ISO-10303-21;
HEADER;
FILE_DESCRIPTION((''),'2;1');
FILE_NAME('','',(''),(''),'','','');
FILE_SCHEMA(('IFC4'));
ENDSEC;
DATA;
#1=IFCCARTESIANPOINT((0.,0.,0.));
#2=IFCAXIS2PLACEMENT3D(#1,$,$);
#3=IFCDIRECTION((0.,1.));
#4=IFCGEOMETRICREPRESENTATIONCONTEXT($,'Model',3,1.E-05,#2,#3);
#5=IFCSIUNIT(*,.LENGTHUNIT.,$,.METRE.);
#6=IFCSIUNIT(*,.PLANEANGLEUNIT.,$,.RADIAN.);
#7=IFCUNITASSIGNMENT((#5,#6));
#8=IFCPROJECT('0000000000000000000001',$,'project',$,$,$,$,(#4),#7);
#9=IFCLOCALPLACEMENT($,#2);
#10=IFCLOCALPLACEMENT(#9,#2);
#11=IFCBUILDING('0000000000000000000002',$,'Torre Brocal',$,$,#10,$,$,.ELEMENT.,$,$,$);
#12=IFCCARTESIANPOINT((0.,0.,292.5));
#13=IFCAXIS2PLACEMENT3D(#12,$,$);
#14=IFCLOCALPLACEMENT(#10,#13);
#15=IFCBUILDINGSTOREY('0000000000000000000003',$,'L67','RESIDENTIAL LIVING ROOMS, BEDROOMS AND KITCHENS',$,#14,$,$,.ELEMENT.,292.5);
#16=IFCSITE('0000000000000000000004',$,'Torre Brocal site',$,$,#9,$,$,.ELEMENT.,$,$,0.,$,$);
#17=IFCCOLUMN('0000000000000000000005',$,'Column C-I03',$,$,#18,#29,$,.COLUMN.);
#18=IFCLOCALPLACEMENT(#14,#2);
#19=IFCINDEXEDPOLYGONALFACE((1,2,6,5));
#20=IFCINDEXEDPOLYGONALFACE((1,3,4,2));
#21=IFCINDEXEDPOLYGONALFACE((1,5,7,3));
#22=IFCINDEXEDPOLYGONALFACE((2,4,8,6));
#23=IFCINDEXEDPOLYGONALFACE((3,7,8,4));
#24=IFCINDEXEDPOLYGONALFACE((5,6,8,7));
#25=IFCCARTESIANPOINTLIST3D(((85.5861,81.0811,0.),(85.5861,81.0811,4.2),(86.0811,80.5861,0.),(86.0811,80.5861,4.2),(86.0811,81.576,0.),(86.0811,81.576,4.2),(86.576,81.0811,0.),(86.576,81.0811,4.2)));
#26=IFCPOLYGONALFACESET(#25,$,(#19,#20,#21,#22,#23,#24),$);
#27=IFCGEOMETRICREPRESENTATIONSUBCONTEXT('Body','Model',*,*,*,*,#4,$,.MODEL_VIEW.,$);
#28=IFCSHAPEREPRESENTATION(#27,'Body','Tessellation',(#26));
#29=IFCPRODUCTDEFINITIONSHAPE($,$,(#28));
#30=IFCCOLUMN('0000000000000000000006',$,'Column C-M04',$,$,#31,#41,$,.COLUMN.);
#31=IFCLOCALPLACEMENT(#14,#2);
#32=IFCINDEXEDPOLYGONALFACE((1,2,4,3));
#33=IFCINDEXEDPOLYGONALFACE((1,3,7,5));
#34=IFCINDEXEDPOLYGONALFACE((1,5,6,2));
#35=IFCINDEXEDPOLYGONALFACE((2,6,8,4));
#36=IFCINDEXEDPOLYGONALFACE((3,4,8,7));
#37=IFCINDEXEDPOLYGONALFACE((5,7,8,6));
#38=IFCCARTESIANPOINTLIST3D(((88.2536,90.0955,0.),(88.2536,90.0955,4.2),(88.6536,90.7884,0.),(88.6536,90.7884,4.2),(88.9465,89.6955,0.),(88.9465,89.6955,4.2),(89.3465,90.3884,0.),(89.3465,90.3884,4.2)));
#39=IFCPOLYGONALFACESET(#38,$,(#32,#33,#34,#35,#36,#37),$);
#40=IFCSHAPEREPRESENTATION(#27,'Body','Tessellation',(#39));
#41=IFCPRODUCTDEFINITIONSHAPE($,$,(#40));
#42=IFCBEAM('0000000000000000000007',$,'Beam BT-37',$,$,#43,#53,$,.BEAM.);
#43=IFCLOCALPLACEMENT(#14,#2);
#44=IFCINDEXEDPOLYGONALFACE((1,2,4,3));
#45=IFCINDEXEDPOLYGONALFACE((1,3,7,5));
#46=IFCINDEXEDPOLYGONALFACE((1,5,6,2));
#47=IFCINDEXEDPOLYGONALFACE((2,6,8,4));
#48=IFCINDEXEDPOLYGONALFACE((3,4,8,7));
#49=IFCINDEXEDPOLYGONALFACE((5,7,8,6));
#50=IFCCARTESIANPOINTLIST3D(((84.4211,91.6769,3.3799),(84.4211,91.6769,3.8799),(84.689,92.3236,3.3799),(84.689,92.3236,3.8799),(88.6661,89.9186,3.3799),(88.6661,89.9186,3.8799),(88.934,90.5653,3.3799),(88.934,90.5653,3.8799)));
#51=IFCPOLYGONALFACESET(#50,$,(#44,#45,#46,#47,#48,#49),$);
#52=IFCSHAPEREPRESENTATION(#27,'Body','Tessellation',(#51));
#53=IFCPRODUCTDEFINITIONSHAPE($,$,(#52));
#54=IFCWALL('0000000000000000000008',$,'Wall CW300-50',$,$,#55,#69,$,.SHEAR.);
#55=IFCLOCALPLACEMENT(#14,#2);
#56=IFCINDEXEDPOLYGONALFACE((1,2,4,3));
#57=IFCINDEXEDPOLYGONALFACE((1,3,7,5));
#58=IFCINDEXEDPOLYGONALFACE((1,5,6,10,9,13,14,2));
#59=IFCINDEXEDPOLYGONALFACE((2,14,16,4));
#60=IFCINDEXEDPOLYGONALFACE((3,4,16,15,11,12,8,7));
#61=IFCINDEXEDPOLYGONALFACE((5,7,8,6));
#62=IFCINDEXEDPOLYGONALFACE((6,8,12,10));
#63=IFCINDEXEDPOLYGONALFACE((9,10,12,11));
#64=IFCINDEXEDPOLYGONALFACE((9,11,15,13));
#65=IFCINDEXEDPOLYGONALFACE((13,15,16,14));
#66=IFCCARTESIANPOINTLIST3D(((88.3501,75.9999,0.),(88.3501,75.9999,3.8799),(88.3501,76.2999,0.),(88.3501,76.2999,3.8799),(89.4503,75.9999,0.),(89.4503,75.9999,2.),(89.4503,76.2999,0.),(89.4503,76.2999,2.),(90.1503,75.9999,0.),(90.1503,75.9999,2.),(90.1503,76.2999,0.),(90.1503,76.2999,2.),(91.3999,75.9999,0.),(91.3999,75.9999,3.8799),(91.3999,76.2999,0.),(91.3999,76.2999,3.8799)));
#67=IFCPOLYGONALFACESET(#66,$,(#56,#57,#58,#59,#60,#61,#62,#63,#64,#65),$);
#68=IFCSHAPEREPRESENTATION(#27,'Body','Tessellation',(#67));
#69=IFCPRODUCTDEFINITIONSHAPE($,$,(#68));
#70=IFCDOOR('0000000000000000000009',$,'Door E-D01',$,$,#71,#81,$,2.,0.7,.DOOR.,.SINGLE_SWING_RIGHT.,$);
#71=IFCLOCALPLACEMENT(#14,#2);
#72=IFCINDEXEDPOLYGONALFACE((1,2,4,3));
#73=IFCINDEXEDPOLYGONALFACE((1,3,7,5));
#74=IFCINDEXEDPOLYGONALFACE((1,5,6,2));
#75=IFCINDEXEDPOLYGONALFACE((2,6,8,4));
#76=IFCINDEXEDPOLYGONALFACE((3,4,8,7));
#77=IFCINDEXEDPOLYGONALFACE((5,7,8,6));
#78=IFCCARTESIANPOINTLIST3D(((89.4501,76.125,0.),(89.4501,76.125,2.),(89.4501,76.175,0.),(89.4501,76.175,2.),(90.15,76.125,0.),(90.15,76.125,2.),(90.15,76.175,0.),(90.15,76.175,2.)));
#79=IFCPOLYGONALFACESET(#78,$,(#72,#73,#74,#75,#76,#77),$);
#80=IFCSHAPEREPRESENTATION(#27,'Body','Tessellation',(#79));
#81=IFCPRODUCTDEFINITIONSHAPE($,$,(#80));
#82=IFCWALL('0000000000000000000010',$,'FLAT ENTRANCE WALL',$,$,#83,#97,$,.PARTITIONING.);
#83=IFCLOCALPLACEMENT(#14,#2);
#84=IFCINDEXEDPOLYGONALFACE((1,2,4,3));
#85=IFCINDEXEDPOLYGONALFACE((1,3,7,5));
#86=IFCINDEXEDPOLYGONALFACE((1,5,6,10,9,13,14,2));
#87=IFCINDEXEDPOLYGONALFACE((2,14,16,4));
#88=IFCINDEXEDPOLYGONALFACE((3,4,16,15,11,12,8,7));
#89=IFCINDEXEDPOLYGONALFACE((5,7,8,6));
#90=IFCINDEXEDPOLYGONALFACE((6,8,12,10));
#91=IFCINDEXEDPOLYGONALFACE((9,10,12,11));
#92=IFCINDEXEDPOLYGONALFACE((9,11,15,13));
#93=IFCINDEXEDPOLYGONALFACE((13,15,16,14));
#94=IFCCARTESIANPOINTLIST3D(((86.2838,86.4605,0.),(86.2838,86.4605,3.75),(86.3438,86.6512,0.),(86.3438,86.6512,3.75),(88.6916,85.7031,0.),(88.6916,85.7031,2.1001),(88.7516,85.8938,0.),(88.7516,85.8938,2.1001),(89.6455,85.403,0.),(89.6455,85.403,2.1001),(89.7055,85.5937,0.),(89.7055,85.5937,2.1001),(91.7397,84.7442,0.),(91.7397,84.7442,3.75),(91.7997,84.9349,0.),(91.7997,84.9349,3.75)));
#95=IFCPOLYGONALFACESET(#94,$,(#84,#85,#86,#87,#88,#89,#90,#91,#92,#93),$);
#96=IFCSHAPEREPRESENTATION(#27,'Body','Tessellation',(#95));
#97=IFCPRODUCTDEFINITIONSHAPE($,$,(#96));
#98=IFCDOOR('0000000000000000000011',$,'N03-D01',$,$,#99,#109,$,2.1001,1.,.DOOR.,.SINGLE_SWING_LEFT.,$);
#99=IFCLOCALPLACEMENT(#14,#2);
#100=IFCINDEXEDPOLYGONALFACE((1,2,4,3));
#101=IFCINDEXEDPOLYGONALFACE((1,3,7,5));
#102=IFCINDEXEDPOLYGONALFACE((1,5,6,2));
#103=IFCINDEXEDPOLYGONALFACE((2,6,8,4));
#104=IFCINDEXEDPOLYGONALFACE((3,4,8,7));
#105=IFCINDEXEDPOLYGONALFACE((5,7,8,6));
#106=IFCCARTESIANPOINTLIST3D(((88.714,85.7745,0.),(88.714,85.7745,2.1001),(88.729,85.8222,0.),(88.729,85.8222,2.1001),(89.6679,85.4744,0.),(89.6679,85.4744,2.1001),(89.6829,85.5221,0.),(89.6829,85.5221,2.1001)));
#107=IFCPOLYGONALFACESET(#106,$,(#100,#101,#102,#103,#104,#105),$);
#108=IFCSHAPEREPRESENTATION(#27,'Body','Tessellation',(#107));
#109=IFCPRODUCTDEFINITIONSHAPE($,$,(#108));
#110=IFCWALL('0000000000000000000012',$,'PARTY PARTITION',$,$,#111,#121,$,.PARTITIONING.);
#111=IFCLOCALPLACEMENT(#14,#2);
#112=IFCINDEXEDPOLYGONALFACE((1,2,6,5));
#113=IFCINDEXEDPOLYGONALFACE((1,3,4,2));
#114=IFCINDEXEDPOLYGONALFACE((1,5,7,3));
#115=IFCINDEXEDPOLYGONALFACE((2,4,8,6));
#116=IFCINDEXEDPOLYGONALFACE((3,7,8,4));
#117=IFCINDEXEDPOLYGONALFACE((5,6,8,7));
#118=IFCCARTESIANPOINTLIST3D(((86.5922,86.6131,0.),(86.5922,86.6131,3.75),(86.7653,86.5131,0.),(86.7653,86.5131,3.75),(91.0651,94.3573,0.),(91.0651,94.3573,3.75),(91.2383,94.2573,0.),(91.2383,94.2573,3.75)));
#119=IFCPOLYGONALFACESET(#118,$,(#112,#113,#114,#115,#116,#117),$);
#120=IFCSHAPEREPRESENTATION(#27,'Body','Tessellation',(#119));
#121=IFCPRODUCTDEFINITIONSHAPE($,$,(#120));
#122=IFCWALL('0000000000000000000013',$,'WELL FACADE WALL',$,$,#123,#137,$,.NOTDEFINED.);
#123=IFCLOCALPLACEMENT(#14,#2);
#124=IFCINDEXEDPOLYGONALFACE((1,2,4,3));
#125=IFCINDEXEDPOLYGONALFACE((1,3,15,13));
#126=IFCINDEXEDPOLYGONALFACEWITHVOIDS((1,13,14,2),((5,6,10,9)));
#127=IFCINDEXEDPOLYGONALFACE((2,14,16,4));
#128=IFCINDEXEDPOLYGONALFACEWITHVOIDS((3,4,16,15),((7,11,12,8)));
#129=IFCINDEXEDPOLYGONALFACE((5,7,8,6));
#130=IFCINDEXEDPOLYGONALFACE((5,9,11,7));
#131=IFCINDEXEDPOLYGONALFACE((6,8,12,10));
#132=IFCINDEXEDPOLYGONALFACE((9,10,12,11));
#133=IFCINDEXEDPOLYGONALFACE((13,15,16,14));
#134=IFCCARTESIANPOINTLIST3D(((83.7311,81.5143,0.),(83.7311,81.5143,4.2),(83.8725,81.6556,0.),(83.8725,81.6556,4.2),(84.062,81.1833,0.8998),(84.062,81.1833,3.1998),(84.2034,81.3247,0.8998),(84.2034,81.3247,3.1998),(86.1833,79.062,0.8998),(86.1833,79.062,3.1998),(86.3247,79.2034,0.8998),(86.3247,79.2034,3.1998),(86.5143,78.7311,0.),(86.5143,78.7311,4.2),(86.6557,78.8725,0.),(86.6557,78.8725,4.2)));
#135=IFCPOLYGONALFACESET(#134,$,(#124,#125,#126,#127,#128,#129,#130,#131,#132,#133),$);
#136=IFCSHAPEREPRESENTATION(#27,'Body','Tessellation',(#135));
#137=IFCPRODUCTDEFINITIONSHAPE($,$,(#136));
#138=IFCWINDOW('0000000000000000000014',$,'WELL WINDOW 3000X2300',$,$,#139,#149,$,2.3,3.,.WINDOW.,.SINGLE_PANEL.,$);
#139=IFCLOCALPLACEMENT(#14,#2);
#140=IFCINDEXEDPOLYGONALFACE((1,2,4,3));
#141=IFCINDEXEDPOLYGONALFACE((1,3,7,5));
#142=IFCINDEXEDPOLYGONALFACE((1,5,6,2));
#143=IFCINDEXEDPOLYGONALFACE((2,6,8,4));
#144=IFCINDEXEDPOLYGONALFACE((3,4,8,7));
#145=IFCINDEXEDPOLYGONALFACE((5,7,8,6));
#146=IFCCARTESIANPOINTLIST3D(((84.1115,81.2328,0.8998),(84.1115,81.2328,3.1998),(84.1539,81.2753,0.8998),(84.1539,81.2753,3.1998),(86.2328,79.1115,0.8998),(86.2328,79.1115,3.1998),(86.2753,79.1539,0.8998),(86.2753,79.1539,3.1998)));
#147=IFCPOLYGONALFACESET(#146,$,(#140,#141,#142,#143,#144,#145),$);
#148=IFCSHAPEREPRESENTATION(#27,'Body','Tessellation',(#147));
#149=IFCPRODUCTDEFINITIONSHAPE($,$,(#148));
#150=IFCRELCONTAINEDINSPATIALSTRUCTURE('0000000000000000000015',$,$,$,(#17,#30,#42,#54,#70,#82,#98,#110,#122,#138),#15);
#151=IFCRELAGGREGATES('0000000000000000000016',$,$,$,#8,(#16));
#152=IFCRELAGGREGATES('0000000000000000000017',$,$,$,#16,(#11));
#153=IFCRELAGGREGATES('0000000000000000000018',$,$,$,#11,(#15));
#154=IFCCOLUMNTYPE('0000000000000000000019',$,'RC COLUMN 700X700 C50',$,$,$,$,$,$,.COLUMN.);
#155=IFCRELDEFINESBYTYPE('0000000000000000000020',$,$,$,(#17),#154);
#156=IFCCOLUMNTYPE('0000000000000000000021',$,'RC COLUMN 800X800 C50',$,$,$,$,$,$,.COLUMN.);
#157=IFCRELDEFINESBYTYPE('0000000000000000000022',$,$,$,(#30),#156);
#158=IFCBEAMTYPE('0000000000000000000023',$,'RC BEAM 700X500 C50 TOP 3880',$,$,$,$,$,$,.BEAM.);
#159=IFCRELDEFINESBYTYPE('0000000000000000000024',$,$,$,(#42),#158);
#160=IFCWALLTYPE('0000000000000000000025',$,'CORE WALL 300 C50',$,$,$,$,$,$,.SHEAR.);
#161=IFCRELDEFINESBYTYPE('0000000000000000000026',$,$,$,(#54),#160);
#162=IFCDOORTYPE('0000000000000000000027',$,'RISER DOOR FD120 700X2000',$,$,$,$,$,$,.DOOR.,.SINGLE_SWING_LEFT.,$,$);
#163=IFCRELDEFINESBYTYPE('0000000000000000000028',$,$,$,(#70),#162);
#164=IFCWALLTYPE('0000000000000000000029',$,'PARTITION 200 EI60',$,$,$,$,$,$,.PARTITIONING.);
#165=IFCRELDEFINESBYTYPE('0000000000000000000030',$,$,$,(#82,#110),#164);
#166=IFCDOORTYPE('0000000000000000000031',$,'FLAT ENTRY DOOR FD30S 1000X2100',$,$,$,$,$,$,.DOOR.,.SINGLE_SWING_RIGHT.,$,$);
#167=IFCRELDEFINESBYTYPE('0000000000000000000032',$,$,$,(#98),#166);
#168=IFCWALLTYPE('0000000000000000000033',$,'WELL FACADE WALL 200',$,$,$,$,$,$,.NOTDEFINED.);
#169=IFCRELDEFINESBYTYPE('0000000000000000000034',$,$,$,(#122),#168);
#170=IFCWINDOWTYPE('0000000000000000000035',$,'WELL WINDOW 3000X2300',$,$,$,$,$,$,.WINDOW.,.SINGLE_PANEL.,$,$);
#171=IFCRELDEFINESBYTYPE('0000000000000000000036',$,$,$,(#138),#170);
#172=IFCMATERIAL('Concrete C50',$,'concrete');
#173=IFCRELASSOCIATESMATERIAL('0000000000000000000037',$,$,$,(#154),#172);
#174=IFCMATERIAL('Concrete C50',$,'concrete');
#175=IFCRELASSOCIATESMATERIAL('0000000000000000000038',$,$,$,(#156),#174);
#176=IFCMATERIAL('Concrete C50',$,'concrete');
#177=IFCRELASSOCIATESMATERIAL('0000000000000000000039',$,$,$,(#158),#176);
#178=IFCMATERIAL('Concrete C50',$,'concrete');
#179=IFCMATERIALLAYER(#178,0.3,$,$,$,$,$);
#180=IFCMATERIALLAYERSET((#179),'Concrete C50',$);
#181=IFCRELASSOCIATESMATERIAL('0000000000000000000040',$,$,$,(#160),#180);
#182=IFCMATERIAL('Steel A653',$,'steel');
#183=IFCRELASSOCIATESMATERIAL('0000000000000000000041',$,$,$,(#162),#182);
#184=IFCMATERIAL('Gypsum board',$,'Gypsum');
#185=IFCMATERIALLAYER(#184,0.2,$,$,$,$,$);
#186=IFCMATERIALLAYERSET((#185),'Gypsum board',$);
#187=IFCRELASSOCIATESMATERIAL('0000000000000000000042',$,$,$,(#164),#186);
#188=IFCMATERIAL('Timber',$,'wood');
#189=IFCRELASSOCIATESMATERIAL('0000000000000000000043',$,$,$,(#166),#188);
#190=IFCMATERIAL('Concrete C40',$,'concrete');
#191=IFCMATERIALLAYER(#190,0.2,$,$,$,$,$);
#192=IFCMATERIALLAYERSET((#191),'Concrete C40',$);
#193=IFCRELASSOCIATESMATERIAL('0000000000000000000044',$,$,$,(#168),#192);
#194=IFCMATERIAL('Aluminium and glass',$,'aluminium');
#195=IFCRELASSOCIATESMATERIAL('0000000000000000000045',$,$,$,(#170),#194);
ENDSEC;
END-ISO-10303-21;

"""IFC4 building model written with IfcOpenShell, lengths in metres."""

from ifc_helpers import new_model, si_unit, direction, frame, frame_2d, origin, origin_2d, place, context, subcontext, project, spatial, rectangle, extrude, material, layer, layer_set, material_profile, profile_set, type_object, element, fill, save


model = new_model("IFC4")

# Units and contexts
model_context = context("Model", 3, precision=1e-05, world=origin(), true_north=direction((0.0, 1.0)))
body_context = subcontext(model_context, "Body", "Model", "MODEL_VIEW")
ifc_project = project(units=[si_unit("LENGTHUNIT", "METRE"), si_unit("PLANEANGLEUNIT", "RADIAN")], contexts=[model_context])

# Site, building, storey
site_placement = place(None, origin())
site = spatial("IfcSite", under=ifc_project, at=site_placement, Name="Torre Brocal site", CompositionType="ELEMENT", RefElevation=0.0)
building_placement = place(site_placement, origin())
building = spatial("IfcBuilding", under=site, at=building_placement, Name="Torre Brocal", CompositionType="ELEMENT")
storey_placement = place(building_placement, frame((0.0, 0.0, 292.5)))
storey = spatial("IfcBuildingStorey", under=building, at=storey_placement, Name="L67", Description="RESIDENTIAL LIVING ROOMS, BEDROOMS AND KITCHENS", CompositionType="ELEMENT", Elevation=292.5)

# Columns
ifc_material_1 = material(Name="Concrete C50", Category="concrete")
ifc_material_profile_1 = material_profile(ifc_material_1, rectangle(XDim=0.7, YDim=0.7, at=origin_2d()), Name="RC 700X700")
ifc_profile_set_1 = profile_set([ifc_material_profile_1], Name="Concrete C50")
column_type_1 = type_object("IfcColumnType", Name="RC COLUMN 700X700 C50", PredefinedType="COLUMN", material=ifc_profile_set_1)
column_1_placement = place(storey_placement, frame((86.0811, 81.0811, 0.0), z_axis=(0.0, 0.0, 1.0), x_axis=(0.707107, 0.707107, 0.0)))
element("IfcColumn", 1, at=column_1_placement, inside=storey, type_object=column_type_1, Name="Column C-I03", PredefinedType="COLUMN", context=body_context, shape_type="SweptSolid", body=[
    extrude(rectangle(XDim=0.7, YDim=0.7, at=origin_2d()), origin(), (0.0, 0.0, 1.0), 4.2),
])
ifc_material_2 = material(Name="Concrete C50", Category="concrete")
ifc_material_profile_2 = material_profile(ifc_material_2, rectangle(XDim=0.8, YDim=0.8, at=origin_2d()), Name="RC 800X800")
ifc_profile_set_2 = profile_set([ifc_material_profile_2], Name="Concrete C50")
column_type_2 = type_object("IfcColumnType", Name="RC COLUMN 800X800 C50", PredefinedType="COLUMN", material=ifc_profile_set_2)
column_2_placement = place(storey_placement, frame((88.8, 90.2419, 0.0), z_axis=(0.0, 0.0, 1.0), x_axis=(0.5, 0.866025, 0.0)))
element("IfcColumn", 2, at=column_2_placement, inside=storey, type_object=column_type_2, Name="Column C-M04", PredefinedType="COLUMN", context=body_context, shape_type="SweptSolid", body=[
    extrude(rectangle(XDim=0.8, YDim=0.8, at=origin_2d()), origin(), (0.0, 0.0, 1.0), 4.2),
])

# Beam
ifc_material_3 = material(Name="Concrete C50", Category="concrete")
ifc_material_profile_3 = material_profile(ifc_material_3, rectangle(XDim=0.7, YDim=0.5, at=origin_2d()), Name="RC 700X500")
ifc_profile_set_3 = profile_set([ifc_material_profile_3], Name="Concrete C50")
beam_type = type_object("IfcBeamType", Name="RC BEAM 700X500 C50 TOP 3880", PredefinedType="BEAM", material=ifc_profile_set_3)
beam_placement = place(storey_placement, frame((88.8, 90.2419, 3.6299), z_axis=(-0.923878, 0.382687, 0.0), x_axis=(-0.382687, -0.923878, 0.0)))
element("IfcBeam", 3, at=beam_placement, inside=storey, type_object=beam_type, Name="Beam BT-37", PredefinedType="BEAM", context=body_context, shape_type="SweptSolid", body=[
    extrude(rectangle(XDim=0.7, YDim=0.5, at=origin_2d()), origin(), (0.0, 0.0, 1.0), 4.5947),
])

# Walls, openings, doors
ifc_material_4 = material(Name="Concrete C50", Category="concrete")
ifc_layer_1 = layer(ifc_material_4, 0.3)
ifc_layer_set_1 = layer_set([ifc_layer_1], Name="Concrete C50")
wall_type_1 = type_object("IfcWallType", Name="CORE WALL 300 C50", PredefinedType="SHEAR", material=ifc_layer_set_1)
wall_1_placement = place(storey_placement, frame((88.3501, 76.1499, 0.0), z_axis=(0.0, 0.0, 1.0), x_axis=(1.0, 0.0, 0.0)))
wall_1 = element("IfcWall", 4, at=wall_1_placement, inside=storey, type_object=wall_type_1, Name="Wall CW300-50", PredefinedType="SHEAR", context=body_context, shape_type="SweptSolid", body=[
    extrude(rectangle(XDim=3.0498, YDim=0.3, at=frame_2d((1.5249, 0.0))), origin(), (0.0, 0.0, 1.0), 3.8799),
])
opening_1_placement = place(wall_1_placement, frame((1.1001, 0.0, 0.0)))
opening_1 = element("IfcOpeningElement", 5, at=opening_1_placement, cuts=wall_1, PredefinedType="OPENING", context=body_context, shape_type="SweptSolid", body=[
    extrude(rectangle(XDim=0.7, YDim=2.0, at=frame_2d((0.3501, 1.0))), frame((0.0, 0.1599, 0.0), z_axis=(0.0, -1.0, 0.0), x_axis=(1.0, 0.0, 0.0)), (0.0, 0.0, 1.0), 0.3201),
])
ifc_material_5 = material(Name="Steel A653", Category="steel")
door_type_1 = type_object("IfcDoorType", Name="RISER DOOR FD120 700X2000", OperationType="SINGLE_SWING_LEFT", PredefinedType="DOOR", material=ifc_material_5)
door_1_placement = place(opening_1_placement, frame((0.7, 0.0, 0.0), z_axis=(0.0, 0.0, 1.0), x_axis=(-1.0, 0.0, 0.0)))
door_1 = element("IfcDoor", 6, at=door_1_placement, inside=storey, type_object=door_type_1, Name="Door E-D01", OperationType="SINGLE_SWING_RIGHT", OverallHeight=2.0, OverallWidth=0.7, PredefinedType="DOOR", context=body_context, shape_type="SweptSolid", body=[
    extrude(rectangle(XDim=0.7, YDim=2.0, at=frame_2d((0.3501, 1.0))), frame((0.0, 0.0249, 0.0), z_axis=(0.0, -1.0, 0.0), x_axis=(1.0, 0.0, 0.0)), (0.0, 0.0, 1.0), 0.05),
])
fill(opening_1, door_1)
ifc_material_6 = material(Name="Gypsum board", Category="Gypsum")
ifc_layer_2 = layer(ifc_material_6, 0.2)
ifc_layer_set_2 = layer_set([ifc_layer_2], Name="Gypsum board")
wall_type_2 = type_object("IfcWallType", Name="PARTITION 200 EI60", PredefinedType="PARTITIONING", material=ifc_layer_set_2)
wall_2_placement = place(storey_placement, frame((86.3137, 86.5559, 0.0), z_axis=(0.0, 0.0, 1.0), x_axis=(0.953912, -0.300085, 0.0)))
wall_2 = element("IfcWall", 7, at=wall_2_placement, inside=storey, type_object=wall_type_2, Name="FLAT ENTRANCE WALL", PredefinedType="PARTITIONING", context=body_context, shape_type="SweptSolid", body=[
    extrude(rectangle(XDim=5.7195, YDim=0.2, at=frame_2d((2.8599, 0.0))), origin(), (0.0, 0.0, 1.0), 3.75),
])
opening_2_placement = place(wall_2_placement, frame((2.5242, 0.0, 0.0)))
opening_2 = element("IfcOpeningElement", 8, at=opening_2_placement, cuts=wall_2, PredefinedType="OPENING", context=body_context, shape_type="SweptSolid", body=[
    extrude(rectangle(XDim=1.0, YDim=2.1001, at=frame_2d((0.5, 1.05))), frame((0.0, 0.1099, 0.0), z_axis=(0.0, -1.0, 0.0), x_axis=(1.0, 0.0, 0.0)), (0.0, 0.0, 1.0), 0.22),
])
ifc_material_7 = material(Name="Timber", Category="wood")
door_type_2 = type_object("IfcDoorType", Name="FLAT ENTRY DOOR FD30S 1000X2100", OperationType="SINGLE_SWING_RIGHT", PredefinedType="DOOR", material=ifc_material_7)
door_2_placement = place(opening_2_placement, origin())
door_2 = element("IfcDoor", 9, at=door_2_placement, inside=storey, type_object=door_type_2, Name="N03-D01", OperationType="SINGLE_SWING_LEFT", OverallHeight=2.1001, OverallWidth=1.0, PredefinedType="DOOR", context=body_context, shape_type="SweptSolid", body=[
    extrude(rectangle(XDim=1.0, YDim=2.1001, at=frame_2d((0.5, 1.05))), frame((0.0, 0.0249, 0.0), z_axis=(0.0, -1.0, 0.0), x_axis=(1.0, 0.0, 0.0)), (0.0, 0.0, 1.0), 0.05),
])
fill(opening_2, door_2)

# Wall
wall_3_placement = place(storey_placement, frame((86.6787, 86.563, 0.0), z_axis=(0.0, 0.0, 1.0), x_axis=(0.500153, 0.865937, 0.0)))
element("IfcWall", 10, at=wall_3_placement, inside=storey, type_object=wall_type_2, Name="PARTY PARTITION", PredefinedType="PARTITIONING", context=body_context, shape_type="SweptSolid", body=[
    extrude(rectangle(XDim=8.9431, YDim=0.2, at=frame_2d((4.4717, 0.0))), origin(), (0.0, 0.0, 1.0), 3.75),
])

# Wall, opening, window
ifc_material_8 = material(Name="Concrete C40", Category="concrete")
ifc_layer_3 = layer(ifc_material_8, 0.2)
ifc_layer_set_3 = layer_set([ifc_layer_3], Name="Concrete C40")
wall_type_3 = type_object("IfcWallType", Name="WELL FACADE WALL 200", PredefinedType="NOTDEFINED", material=ifc_layer_set_3)
wall_4_placement = place(storey_placement, frame((86.585, 78.8018, 0.0), z_axis=(0.0, 0.0, 1.0), x_axis=(-0.707107, 0.707107, 0.0)))
wall_4 = element("IfcWall", 11, at=wall_4_placement, inside=storey, type_object=wall_type_3, Name="WELL FACADE WALL", PredefinedType="NOTDEFINED", context=body_context, shape_type="SweptSolid", body=[
    extrude(rectangle(XDim=3.936, YDim=0.2, at=frame_2d((1.968, 0.0))), origin(), (0.0, 0.0, 1.0), 4.2),
])
opening_3_placement = place(wall_4_placement, frame((0.468, 0.0, 0.8999)))
opening_3 = element("IfcOpeningElement", 12, at=opening_3_placement, cuts=wall_4, PredefinedType="OPENING", context=body_context, shape_type="SweptSolid", body=[
    extrude(rectangle(XDim=3.0, YDim=2.3, at=frame_2d((1.5, 1.1499))), frame((0.0, 0.1099, 0.0), z_axis=(0.0, -1.0, 0.0), x_axis=(1.0, 0.0, 0.0)), (0.0, 0.0, 1.0), 0.22),
])
ifc_material_9 = material(Name="Aluminium and glass", Category="aluminium")
window_type = type_object("IfcWindowType", Name="WELL WINDOW 3000X2300", PartitioningType="SINGLE_PANEL", PredefinedType="WINDOW", material=ifc_material_9)
window_placement = place(opening_3_placement, origin())
window = element("IfcWindow", 13, at=window_placement, inside=storey, type_object=window_type, Name="WELL WINDOW 3000X2300", OverallHeight=2.3, OverallWidth=3.0, PartitioningType="SINGLE_PANEL", PredefinedType="WINDOW", context=body_context, shape_type="SweptSolid", body=[
    extrude(rectangle(XDim=3.0, YDim=2.3, at=frame_2d((1.5, 1.1499))), frame((0.0, 0.03, 0.0), z_axis=(0.0, -1.0, 0.0), x_axis=(1.0, 0.0, 0.0)), (0.0, 0.0, 1.0), 0.0601),
])
fill(opening_3, window)

save(model, "model.ifc")
